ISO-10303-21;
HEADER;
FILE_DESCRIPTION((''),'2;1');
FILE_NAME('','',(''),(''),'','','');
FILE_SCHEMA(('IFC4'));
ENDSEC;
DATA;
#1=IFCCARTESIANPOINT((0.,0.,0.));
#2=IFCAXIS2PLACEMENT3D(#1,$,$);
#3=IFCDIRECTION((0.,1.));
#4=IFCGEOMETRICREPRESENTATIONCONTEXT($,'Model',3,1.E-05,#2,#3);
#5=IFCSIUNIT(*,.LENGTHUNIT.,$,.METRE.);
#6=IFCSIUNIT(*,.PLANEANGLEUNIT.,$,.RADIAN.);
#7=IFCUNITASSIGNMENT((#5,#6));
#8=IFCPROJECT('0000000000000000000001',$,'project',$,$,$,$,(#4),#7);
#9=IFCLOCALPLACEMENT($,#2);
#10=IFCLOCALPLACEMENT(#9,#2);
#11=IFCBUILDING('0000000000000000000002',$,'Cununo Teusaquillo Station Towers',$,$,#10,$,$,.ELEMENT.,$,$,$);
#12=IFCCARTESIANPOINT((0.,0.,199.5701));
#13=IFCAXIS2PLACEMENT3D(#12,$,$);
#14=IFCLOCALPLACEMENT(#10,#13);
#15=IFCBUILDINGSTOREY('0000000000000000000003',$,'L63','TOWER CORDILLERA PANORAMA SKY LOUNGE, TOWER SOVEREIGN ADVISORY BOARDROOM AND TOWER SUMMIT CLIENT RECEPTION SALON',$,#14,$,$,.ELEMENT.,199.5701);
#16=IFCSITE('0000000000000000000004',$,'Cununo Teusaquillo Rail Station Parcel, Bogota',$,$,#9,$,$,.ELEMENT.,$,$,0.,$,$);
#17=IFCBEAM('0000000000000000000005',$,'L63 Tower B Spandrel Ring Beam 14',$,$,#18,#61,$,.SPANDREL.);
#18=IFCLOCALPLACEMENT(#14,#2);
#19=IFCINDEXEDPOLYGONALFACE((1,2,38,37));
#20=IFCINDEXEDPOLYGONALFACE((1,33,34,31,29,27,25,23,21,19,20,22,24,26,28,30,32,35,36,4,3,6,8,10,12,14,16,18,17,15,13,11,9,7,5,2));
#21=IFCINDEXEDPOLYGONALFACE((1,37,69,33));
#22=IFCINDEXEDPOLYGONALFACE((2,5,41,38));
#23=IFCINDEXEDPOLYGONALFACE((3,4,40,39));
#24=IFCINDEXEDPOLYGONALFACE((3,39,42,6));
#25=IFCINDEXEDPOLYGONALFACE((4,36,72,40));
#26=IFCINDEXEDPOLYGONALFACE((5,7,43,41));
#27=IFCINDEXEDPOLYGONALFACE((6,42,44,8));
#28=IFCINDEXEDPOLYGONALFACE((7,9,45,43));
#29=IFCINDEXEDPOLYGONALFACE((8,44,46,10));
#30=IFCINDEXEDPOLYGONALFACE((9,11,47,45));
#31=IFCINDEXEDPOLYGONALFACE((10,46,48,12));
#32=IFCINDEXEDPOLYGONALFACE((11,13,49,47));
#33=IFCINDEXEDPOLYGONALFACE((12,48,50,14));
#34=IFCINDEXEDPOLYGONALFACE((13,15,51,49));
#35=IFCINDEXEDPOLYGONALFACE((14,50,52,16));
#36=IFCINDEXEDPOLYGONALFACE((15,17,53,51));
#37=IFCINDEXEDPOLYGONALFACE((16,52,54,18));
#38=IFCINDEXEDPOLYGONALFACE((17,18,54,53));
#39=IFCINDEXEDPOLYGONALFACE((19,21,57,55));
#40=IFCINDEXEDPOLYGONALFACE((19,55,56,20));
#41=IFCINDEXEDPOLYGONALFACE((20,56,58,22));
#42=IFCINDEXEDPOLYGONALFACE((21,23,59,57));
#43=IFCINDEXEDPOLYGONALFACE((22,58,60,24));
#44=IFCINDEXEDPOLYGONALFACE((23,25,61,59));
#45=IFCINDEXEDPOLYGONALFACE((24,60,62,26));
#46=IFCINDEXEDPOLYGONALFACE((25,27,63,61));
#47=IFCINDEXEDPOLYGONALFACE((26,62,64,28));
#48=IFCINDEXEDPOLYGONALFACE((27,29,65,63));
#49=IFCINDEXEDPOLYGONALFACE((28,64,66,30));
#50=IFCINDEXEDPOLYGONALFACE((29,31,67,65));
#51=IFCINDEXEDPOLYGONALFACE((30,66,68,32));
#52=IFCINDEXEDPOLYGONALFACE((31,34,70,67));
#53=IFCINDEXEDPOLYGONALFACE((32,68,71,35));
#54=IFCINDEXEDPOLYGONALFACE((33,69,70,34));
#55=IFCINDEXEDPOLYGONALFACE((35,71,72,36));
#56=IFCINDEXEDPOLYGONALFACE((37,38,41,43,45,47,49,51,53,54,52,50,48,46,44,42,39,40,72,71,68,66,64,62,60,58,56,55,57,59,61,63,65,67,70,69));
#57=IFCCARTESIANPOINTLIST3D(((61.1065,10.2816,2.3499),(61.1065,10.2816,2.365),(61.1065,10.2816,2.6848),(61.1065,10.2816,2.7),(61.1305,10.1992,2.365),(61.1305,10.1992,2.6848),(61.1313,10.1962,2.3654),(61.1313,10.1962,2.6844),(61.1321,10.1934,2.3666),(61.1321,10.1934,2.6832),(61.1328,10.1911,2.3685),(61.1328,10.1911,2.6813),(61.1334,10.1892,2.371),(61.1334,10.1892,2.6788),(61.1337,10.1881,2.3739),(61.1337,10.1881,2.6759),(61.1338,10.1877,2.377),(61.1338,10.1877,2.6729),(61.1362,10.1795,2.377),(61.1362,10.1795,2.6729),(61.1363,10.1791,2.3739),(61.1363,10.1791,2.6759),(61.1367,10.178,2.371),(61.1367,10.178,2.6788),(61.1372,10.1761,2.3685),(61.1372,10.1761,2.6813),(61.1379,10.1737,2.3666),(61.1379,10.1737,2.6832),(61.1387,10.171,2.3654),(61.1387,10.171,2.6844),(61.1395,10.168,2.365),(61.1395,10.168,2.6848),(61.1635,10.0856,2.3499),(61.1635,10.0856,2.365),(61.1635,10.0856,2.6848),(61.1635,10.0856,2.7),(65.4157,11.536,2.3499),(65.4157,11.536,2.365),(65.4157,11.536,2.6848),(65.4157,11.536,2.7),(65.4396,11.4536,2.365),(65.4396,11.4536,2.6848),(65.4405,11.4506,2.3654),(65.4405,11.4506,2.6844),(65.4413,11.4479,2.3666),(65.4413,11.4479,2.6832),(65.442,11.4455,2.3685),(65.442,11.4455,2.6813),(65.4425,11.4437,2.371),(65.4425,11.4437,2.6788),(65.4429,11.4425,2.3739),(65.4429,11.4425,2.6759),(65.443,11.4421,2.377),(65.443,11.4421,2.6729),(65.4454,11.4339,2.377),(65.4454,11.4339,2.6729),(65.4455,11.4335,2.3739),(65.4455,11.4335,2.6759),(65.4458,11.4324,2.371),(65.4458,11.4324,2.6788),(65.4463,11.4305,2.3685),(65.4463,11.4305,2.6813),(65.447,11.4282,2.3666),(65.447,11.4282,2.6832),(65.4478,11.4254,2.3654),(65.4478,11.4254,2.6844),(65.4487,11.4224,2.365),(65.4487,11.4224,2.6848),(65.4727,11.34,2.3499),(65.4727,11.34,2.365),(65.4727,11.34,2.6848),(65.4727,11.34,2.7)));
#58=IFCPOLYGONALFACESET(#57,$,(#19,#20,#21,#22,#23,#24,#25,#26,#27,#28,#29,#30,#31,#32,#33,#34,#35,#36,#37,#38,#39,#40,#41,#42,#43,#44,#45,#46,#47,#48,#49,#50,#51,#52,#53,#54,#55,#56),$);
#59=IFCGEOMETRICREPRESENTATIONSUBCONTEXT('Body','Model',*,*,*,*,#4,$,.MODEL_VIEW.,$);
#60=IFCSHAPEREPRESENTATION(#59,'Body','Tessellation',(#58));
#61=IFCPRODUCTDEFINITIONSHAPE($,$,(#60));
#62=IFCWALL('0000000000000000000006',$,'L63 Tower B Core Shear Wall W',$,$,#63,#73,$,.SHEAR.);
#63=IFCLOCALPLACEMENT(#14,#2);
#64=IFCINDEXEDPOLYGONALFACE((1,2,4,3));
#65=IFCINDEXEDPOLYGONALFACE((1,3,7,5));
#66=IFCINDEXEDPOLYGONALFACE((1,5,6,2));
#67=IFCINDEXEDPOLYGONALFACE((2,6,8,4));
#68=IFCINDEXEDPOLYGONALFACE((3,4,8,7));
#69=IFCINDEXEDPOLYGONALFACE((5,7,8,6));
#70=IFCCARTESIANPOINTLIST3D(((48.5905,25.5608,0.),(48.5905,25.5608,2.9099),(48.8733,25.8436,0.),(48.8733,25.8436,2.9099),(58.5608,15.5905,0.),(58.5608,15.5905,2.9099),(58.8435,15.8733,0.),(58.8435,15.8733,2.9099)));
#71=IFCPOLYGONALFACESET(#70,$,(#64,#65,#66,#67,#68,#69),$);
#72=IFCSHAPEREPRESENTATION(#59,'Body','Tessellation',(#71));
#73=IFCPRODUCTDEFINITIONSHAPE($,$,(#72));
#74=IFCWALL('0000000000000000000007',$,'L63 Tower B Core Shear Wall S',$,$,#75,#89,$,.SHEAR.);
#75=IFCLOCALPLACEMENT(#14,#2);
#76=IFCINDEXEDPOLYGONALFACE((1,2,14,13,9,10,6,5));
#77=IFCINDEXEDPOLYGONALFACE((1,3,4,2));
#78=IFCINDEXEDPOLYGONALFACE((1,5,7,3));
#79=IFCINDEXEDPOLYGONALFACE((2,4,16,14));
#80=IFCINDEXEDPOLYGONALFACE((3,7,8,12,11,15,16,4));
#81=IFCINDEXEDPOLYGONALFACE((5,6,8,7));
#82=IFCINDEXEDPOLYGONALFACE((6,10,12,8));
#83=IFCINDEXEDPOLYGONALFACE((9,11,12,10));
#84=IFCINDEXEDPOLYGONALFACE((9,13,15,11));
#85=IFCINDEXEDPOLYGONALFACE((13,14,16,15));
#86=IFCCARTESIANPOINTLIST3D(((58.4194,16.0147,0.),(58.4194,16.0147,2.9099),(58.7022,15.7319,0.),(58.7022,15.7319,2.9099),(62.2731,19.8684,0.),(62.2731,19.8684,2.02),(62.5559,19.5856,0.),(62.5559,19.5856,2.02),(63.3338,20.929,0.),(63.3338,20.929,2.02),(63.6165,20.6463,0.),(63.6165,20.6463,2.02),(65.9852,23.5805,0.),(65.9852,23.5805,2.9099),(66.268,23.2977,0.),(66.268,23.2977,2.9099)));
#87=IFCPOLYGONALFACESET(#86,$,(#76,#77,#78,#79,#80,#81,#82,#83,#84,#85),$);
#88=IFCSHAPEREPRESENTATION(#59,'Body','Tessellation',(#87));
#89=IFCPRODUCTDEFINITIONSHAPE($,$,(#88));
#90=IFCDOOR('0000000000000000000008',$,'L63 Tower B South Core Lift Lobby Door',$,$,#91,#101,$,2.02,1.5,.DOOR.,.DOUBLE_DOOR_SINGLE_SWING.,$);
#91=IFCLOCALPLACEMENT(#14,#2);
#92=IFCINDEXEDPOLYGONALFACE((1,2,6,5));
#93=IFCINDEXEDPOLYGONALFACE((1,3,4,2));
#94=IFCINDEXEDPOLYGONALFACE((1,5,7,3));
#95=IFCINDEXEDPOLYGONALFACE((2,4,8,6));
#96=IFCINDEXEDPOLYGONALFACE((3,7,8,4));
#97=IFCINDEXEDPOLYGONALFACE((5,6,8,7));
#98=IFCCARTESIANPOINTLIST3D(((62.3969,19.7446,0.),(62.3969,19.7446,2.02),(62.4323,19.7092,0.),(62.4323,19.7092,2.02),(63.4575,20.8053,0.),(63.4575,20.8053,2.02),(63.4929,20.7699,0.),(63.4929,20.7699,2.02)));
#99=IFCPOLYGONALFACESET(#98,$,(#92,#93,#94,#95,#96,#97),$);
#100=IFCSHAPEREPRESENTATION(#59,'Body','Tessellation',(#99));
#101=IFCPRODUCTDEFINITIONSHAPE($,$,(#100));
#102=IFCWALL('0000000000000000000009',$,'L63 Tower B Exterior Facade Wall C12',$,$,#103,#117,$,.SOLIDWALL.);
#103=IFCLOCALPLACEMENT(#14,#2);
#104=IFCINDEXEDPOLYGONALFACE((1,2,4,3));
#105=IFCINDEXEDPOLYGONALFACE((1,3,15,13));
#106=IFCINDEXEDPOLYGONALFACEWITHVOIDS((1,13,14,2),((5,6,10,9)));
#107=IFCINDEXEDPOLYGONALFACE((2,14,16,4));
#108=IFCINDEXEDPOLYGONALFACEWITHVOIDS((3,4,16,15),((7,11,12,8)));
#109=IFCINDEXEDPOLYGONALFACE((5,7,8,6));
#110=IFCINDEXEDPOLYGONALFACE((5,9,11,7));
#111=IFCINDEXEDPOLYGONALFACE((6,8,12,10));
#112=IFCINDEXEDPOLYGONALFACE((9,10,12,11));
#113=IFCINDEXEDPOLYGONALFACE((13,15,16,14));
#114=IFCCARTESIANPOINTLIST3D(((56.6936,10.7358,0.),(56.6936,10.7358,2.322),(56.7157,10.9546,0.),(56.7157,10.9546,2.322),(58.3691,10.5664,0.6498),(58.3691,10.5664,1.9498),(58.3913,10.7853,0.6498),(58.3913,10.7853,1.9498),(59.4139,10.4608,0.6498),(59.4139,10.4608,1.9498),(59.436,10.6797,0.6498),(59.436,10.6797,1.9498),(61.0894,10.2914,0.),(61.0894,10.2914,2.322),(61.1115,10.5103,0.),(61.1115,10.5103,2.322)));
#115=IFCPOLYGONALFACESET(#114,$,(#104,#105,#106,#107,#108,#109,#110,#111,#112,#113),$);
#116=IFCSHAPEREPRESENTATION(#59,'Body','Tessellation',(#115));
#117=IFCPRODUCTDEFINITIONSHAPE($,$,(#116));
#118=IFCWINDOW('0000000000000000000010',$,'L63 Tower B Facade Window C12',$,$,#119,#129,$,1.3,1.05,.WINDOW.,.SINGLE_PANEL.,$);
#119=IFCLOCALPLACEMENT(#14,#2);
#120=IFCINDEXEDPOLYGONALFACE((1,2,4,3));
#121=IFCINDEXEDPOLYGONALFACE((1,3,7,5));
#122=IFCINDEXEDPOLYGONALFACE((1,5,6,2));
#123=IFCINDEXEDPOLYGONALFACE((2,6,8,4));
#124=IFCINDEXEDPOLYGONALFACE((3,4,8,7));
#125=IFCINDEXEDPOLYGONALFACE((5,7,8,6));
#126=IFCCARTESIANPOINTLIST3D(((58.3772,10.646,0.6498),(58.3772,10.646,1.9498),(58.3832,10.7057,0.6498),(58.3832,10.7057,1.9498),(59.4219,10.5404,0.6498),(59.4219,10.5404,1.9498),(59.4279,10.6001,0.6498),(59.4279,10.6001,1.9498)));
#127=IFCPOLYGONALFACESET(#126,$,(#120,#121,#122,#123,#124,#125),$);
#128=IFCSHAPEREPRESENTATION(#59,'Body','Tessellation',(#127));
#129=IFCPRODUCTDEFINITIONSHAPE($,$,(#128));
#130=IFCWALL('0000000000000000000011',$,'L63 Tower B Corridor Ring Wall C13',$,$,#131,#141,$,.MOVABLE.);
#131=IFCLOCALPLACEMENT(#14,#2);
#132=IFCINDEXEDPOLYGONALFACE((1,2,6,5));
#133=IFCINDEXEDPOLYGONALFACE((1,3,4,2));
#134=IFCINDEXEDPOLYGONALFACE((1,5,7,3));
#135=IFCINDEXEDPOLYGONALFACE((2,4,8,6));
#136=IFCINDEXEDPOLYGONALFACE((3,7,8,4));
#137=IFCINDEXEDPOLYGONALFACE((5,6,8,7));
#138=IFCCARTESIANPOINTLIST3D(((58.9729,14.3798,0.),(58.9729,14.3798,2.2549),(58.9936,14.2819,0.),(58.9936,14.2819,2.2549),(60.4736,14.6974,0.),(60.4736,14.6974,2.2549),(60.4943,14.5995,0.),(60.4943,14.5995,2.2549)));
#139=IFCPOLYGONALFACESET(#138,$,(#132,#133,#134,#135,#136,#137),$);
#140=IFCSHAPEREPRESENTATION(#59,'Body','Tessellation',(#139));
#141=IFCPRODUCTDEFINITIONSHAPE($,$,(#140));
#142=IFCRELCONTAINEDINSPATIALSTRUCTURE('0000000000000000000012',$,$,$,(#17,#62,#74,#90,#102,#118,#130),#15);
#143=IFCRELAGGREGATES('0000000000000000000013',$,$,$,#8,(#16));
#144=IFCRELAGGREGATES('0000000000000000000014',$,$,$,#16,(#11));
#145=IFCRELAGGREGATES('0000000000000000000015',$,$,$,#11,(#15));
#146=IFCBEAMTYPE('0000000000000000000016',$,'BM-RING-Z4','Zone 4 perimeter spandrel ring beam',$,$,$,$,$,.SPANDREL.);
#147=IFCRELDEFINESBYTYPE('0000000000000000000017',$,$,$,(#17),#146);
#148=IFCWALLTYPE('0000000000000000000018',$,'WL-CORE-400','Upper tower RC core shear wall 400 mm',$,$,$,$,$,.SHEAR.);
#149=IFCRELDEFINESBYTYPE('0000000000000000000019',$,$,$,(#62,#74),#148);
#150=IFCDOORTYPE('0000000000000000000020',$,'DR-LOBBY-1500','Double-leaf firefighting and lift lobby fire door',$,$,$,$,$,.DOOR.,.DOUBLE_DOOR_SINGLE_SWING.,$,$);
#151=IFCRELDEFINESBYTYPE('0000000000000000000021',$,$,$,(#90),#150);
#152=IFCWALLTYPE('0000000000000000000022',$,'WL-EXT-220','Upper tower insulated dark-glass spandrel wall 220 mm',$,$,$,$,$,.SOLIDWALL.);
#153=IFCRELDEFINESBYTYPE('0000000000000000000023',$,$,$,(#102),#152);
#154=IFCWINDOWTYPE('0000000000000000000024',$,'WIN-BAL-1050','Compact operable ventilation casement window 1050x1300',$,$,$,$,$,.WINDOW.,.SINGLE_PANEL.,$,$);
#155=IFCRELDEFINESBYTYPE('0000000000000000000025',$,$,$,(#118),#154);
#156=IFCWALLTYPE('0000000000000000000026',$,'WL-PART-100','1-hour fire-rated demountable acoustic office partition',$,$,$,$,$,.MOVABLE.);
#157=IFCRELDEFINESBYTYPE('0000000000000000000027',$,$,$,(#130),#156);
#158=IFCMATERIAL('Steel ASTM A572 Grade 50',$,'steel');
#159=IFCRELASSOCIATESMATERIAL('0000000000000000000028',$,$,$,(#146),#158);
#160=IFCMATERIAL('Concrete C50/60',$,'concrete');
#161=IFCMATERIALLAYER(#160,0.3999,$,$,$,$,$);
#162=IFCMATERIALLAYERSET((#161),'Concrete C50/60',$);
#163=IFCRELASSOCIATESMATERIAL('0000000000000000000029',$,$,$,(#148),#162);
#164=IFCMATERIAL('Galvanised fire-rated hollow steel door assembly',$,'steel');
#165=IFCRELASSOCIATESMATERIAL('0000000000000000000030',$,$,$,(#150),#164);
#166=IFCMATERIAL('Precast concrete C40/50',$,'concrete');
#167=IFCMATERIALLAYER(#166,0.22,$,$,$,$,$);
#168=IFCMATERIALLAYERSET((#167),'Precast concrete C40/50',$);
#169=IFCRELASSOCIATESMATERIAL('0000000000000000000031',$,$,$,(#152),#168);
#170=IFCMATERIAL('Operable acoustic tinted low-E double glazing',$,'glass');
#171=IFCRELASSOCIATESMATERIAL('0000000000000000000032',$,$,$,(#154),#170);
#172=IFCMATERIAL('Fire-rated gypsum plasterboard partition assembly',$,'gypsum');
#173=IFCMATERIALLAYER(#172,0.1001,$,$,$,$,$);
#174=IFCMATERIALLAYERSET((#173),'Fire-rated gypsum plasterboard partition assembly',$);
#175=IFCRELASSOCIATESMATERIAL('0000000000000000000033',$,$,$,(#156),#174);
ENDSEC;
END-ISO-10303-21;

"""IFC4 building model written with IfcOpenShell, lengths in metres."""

from ifc_helpers import new_model, si_unit, direction, frame, frame_2d, origin, origin_2d, place, context, subcontext, project, spatial, rectangle, i_section, extrude, source, transform, mapped, material, layer, layer_set, material_profile, profile_set, type_object, element, fill, save


model = new_model("IFC4")

# Units and contexts
model_context = context("Model", 3, precision=1e-05, world=origin(), true_north=direction((0.0, 1.0)))
body_context = subcontext(model_context, "Body", "Model", "MODEL_VIEW")
ifc_project = project(units=[si_unit("LENGTHUNIT", "METRE"), si_unit("PLANEANGLEUNIT", "RADIAN")], contexts=[model_context])

# Site, building, storey
site_placement = place(None, origin())
site = spatial("IfcSite", under=ifc_project, at=site_placement, Name="Cununo Teusaquillo Rail Station Parcel, Bogota", CompositionType="ELEMENT", RefElevation=0.0)
building_placement = place(site_placement, origin())
building = spatial("IfcBuilding", under=site, at=building_placement, Name="Cununo Teusaquillo Station Towers", CompositionType="ELEMENT")
storey_placement = place(building_placement, frame((0.0, 0.0, 199.5701)))
storey = spatial("IfcBuildingStorey", under=building, at=storey_placement, Name="L63", Description="TOWER CORDILLERA PANORAMA SKY LOUNGE, TOWER SOVEREIGN ADVISORY BOARDROOM AND TOWER SUMMIT CLIENT RECEPTION SALON", CompositionType="ELEMENT", Elevation=199.5701)

# Beam
ifc_material_1 = material(Name="Steel ASTM A572 Grade 50", Category="steel")
ifc_material_profile_1 = material_profile(ifc_material_1, i_section(OverallWidth=0.2041, OverallDepth=0.3501, WebThickness=0.0085, FlangeThickness=0.0151, FilletRadius=0.012, at=origin_2d()), Name="W14X48")
ifc_profile_set_1 = profile_set([ifc_material_profile_1], Name="Steel ASTM A572 Grade 50")
beam_type_1 = type_object("IfcBeamType", Name="BM-RING-Z4", Description="Zone 4 perimeter spandrel ring beam", PredefinedType="SPANDREL", material=ifc_profile_set_1)
beam_1_placement = place(storey_placement, frame((61.135, 10.1836, 2.5249), z_axis=(0.960145, 0.279503, 0.0), x_axis=(-0.279503, 0.960145, 0.0)))
element("IfcBeam", 1, at=beam_1_placement, inside=storey, type_object=beam_type_1, Name="L63 Tower B Spandrel Ring Beam 14", PredefinedType="SPANDREL", context=body_context, shape_type="SweptSolid", body=[
    extrude(i_section(OverallWidth=0.2041, OverallDepth=0.3501, WebThickness=0.0085, FlangeThickness=0.0151, FilletRadius=0.012, at=origin_2d()), origin(), (0.0, 0.0, 1.0), 4.488),
])

# Wall
ifc_material_2 = material(Name="Concrete C50/60", Category="concrete")
ifc_layer_1 = layer(ifc_material_2, 0.3999)
ifc_layer_set_1 = layer_set([ifc_layer_1], Name="Concrete C50/60")
wall_type_1 = type_object("IfcWallType", Name="WL-CORE-400", Description="Upper tower RC core shear wall 400 mm", PredefinedType="SHEAR", material=ifc_layer_set_1)
wall_1_placement = place(storey_placement, frame((58.7021, 15.7319, 0.0), z_axis=(0.0, 0.0, 1.0), x_axis=(-0.707107, 0.707107, 0.0)))
element("IfcWall", 2, at=wall_1_placement, inside=storey, type_object=wall_type_1, Name="L63 Tower B Core Shear Wall W", PredefinedType="SHEAR", context=body_context, shape_type="SweptSolid", body=[
    extrude(rectangle(XDim=14.1001, YDim=0.3999, at=frame_2d((7.05, 0.0))), origin(), (0.0, 0.0, 1.0), 2.9099),
])

# Wall, opening, door
wall_2_placement = place(storey_placement, frame((58.5608, 15.8733, 0.0), z_axis=(0.0, 0.0, 1.0), x_axis=(0.707107, 0.707107, 0.0)))
wall_2 = element("IfcWall", 3, at=wall_2_placement, inside=storey, type_object=wall_type_1, Name="L63 Tower B Core Shear Wall S", PredefinedType="SHEAR", context=body_context, shape_type="SweptSolid", body=[
    extrude(rectangle(XDim=10.6997, YDim=0.3999, at=frame_2d((5.3499, 0.0))), origin(), (0.0, 0.0, 1.0), 2.9099),
])
shared_shape_1 = source(origin(), body_context, "Body", "SweptSolid", [
    extrude(rectangle(XDim=1.5, YDim=2.02, at=frame_2d((0.75, 1.01))), frame((0.0, 0.21, 0.0), z_axis=(0.0, -1.0, 0.0), x_axis=(1.0, 0.0, 0.0)), (0.0, 0.0, 1.0), 0.4199),
])
opening_1_placement = place(wall_2_placement, frame((5.45, 0.0, 0.0)))
opening_1 = element("IfcOpeningElement", 4, at=opening_1_placement, cuts=wall_2, PredefinedType="OPENING", context=body_context, shape_type="MappedRepresentation", body=[
    mapped(shared_shape_1, transform((0.0, 0.0, 0.0), x_axis=(1.0, 0.0, 0.0), y_axis=(0.0, 1.0, 0.0), z_axis=(0.0, 0.0, 1.0), scale=1.0)),
])
ifc_material_3 = material(Name="Galvanised fire-rated hollow steel door assembly", Category="steel")
door_type_1 = type_object("IfcDoorType", Name="DR-LOBBY-1500", Description="Double-leaf firefighting and lift lobby fire door", OperationType="DOUBLE_DOOR_SINGLE_SWING", PredefinedType="DOOR", material=ifc_material_3)
shared_shape_2 = source(origin(), body_context, "Body", "SweptSolid", [
    extrude(rectangle(XDim=1.5, YDim=2.02, at=frame_2d((0.75, 1.01))), frame((0.0, 0.0249, 0.0), z_axis=(0.0, -1.0, 0.0), x_axis=(1.0, 0.0, 0.0)), (0.0, 0.0, 1.0), 0.05),
])
door_1_placement = place(opening_1_placement, origin())
door_1 = element("IfcDoor", 5, at=door_1_placement, inside=storey, type_object=door_type_1, Name="L63 Tower B South Core Lift Lobby Door", OperationType="DOUBLE_DOOR_SINGLE_SWING", OverallHeight=2.02, OverallWidth=1.5, PredefinedType="DOOR", context=body_context, shape_type="MappedRepresentation", body=[
    mapped(shared_shape_2, transform((0.0, 0.0, 0.0), x_axis=(1.0, 0.0, 0.0), y_axis=(0.0, 1.0, 0.0), z_axis=(0.0, 0.0, 1.0), scale=1.0)),
])
fill(opening_1, door_1)

# Wall, opening, window
ifc_material_4 = material(Name="Precast concrete C40/50", Category="concrete")
ifc_layer_2 = layer(ifc_material_4, 0.22)
ifc_layer_set_2 = layer_set([ifc_layer_2], Name="Precast concrete C40/50")
wall_type_2 = type_object("IfcWallType", Name="WL-EXT-220", Description="Upper tower insulated dark-glass spandrel wall 220 mm", PredefinedType="SOLIDWALL", material=ifc_layer_set_2)
wall_3_placement = place(storey_placement, frame((61.1003, 10.4009, 0.0), z_axis=(0.0, 0.0, 1.0), x_axis=(-0.99493, 0.100571, 0.0)))
wall_3 = element("IfcWall", 6, at=wall_3_placement, inside=storey, type_object=wall_type_2, Name="L63 Tower B Exterior Facade Wall C12", PredefinedType="SOLIDWALL", context=body_context, shape_type="SweptSolid", body=[
    extrude(rectangle(XDim=4.4182, YDim=0.22, at=frame_2d((2.209, 0.0))), origin(), (0.0, 0.0, 1.0), 2.322),
])
shared_shape_3 = source(origin(), body_context, "Body", "SweptSolid", [
    extrude(rectangle(XDim=1.05, YDim=1.3, at=frame_2d((0.5249, 0.6499))), frame((0.0, 0.1199, 0.0), z_axis=(0.0, -1.0, 0.0), x_axis=(1.0, 0.0, 0.0)), (0.0, 0.0, 1.0), 0.24),
])
opening_2_placement = place(wall_3_placement, frame((1.6841, 0.0, 0.6499)))
opening_2 = element("IfcOpeningElement", 7, at=opening_2_placement, cuts=wall_3, PredefinedType="OPENING", context=body_context, shape_type="MappedRepresentation", body=[
    mapped(shared_shape_3, transform((0.0, 0.0, 0.0), x_axis=(1.0, 0.0, 0.0), y_axis=(0.0, 1.0, 0.0), z_axis=(0.0, 0.0, 1.0), scale=1.0)),
])
ifc_material_5 = material(Name="Operable acoustic tinted low-E double glazing", Category="glass")
window_type = type_object("IfcWindowType", Name="WIN-BAL-1050", Description="Compact operable ventilation casement window 1050x1300", PartitioningType="SINGLE_PANEL", PredefinedType="WINDOW", material=ifc_material_5)
shared_shape_4 = source(origin(), body_context, "Body", "SweptSolid", [
    extrude(rectangle(XDim=1.05, YDim=1.3, at=frame_2d((0.5249, 0.6499))), frame((0.0, 0.03, 0.0), z_axis=(0.0, -1.0, 0.0), x_axis=(1.0, 0.0, 0.0)), (0.0, 0.0, 1.0), 0.0601),
])
window_placement = place(opening_2_placement, origin())
window = element("IfcWindow", 8, at=window_placement, inside=storey, type_object=window_type, Name="L63 Tower B Facade Window C12", OverallHeight=1.3, OverallWidth=1.05, PartitioningType="SINGLE_PANEL", PredefinedType="WINDOW", context=body_context, shape_type="MappedRepresentation", body=[
    mapped(shared_shape_4, transform((0.0, 0.0, 0.0), x_axis=(1.0, 0.0, 0.0), y_axis=(0.0, 1.0, 0.0), z_axis=(0.0, 0.0, 1.0), scale=1.0)),
])
fill(opening_2, window)

# Wall
ifc_material_6 = material(Name="Fire-rated gypsum plasterboard partition assembly", Category="gypsum")
ifc_layer_3 = layer(ifc_material_6, 0.1001)
ifc_layer_set_3 = layer_set([ifc_layer_3], Name="Fire-rated gypsum plasterboard partition assembly")
wall_type_3 = type_object("IfcWallType", Name="WL-PART-100", Description="1-hour fire-rated demountable acoustic office partition", PredefinedType="MOVABLE", material=ifc_layer_set_3)
wall_4_placement = place(storey_placement, frame((58.9832, 14.3308, 0.0), z_axis=(0.0, 0.0, 1.0), x_axis=(0.978328, 0.207061, 0.0)))
element("IfcWall", 9, at=wall_4_placement, inside=storey, type_object=wall_type_3, Name="L63 Tower B Corridor Ring Wall C13", PredefinedType="MOVABLE", context=body_context, shape_type="SweptSolid", body=[
    extrude(rectangle(XDim=1.5339, YDim=0.1001, at=frame_2d((0.7671, 0.0))), origin(), (0.0, 0.0, 1.0), 2.2549),
])

save(model, "model.ifc")
